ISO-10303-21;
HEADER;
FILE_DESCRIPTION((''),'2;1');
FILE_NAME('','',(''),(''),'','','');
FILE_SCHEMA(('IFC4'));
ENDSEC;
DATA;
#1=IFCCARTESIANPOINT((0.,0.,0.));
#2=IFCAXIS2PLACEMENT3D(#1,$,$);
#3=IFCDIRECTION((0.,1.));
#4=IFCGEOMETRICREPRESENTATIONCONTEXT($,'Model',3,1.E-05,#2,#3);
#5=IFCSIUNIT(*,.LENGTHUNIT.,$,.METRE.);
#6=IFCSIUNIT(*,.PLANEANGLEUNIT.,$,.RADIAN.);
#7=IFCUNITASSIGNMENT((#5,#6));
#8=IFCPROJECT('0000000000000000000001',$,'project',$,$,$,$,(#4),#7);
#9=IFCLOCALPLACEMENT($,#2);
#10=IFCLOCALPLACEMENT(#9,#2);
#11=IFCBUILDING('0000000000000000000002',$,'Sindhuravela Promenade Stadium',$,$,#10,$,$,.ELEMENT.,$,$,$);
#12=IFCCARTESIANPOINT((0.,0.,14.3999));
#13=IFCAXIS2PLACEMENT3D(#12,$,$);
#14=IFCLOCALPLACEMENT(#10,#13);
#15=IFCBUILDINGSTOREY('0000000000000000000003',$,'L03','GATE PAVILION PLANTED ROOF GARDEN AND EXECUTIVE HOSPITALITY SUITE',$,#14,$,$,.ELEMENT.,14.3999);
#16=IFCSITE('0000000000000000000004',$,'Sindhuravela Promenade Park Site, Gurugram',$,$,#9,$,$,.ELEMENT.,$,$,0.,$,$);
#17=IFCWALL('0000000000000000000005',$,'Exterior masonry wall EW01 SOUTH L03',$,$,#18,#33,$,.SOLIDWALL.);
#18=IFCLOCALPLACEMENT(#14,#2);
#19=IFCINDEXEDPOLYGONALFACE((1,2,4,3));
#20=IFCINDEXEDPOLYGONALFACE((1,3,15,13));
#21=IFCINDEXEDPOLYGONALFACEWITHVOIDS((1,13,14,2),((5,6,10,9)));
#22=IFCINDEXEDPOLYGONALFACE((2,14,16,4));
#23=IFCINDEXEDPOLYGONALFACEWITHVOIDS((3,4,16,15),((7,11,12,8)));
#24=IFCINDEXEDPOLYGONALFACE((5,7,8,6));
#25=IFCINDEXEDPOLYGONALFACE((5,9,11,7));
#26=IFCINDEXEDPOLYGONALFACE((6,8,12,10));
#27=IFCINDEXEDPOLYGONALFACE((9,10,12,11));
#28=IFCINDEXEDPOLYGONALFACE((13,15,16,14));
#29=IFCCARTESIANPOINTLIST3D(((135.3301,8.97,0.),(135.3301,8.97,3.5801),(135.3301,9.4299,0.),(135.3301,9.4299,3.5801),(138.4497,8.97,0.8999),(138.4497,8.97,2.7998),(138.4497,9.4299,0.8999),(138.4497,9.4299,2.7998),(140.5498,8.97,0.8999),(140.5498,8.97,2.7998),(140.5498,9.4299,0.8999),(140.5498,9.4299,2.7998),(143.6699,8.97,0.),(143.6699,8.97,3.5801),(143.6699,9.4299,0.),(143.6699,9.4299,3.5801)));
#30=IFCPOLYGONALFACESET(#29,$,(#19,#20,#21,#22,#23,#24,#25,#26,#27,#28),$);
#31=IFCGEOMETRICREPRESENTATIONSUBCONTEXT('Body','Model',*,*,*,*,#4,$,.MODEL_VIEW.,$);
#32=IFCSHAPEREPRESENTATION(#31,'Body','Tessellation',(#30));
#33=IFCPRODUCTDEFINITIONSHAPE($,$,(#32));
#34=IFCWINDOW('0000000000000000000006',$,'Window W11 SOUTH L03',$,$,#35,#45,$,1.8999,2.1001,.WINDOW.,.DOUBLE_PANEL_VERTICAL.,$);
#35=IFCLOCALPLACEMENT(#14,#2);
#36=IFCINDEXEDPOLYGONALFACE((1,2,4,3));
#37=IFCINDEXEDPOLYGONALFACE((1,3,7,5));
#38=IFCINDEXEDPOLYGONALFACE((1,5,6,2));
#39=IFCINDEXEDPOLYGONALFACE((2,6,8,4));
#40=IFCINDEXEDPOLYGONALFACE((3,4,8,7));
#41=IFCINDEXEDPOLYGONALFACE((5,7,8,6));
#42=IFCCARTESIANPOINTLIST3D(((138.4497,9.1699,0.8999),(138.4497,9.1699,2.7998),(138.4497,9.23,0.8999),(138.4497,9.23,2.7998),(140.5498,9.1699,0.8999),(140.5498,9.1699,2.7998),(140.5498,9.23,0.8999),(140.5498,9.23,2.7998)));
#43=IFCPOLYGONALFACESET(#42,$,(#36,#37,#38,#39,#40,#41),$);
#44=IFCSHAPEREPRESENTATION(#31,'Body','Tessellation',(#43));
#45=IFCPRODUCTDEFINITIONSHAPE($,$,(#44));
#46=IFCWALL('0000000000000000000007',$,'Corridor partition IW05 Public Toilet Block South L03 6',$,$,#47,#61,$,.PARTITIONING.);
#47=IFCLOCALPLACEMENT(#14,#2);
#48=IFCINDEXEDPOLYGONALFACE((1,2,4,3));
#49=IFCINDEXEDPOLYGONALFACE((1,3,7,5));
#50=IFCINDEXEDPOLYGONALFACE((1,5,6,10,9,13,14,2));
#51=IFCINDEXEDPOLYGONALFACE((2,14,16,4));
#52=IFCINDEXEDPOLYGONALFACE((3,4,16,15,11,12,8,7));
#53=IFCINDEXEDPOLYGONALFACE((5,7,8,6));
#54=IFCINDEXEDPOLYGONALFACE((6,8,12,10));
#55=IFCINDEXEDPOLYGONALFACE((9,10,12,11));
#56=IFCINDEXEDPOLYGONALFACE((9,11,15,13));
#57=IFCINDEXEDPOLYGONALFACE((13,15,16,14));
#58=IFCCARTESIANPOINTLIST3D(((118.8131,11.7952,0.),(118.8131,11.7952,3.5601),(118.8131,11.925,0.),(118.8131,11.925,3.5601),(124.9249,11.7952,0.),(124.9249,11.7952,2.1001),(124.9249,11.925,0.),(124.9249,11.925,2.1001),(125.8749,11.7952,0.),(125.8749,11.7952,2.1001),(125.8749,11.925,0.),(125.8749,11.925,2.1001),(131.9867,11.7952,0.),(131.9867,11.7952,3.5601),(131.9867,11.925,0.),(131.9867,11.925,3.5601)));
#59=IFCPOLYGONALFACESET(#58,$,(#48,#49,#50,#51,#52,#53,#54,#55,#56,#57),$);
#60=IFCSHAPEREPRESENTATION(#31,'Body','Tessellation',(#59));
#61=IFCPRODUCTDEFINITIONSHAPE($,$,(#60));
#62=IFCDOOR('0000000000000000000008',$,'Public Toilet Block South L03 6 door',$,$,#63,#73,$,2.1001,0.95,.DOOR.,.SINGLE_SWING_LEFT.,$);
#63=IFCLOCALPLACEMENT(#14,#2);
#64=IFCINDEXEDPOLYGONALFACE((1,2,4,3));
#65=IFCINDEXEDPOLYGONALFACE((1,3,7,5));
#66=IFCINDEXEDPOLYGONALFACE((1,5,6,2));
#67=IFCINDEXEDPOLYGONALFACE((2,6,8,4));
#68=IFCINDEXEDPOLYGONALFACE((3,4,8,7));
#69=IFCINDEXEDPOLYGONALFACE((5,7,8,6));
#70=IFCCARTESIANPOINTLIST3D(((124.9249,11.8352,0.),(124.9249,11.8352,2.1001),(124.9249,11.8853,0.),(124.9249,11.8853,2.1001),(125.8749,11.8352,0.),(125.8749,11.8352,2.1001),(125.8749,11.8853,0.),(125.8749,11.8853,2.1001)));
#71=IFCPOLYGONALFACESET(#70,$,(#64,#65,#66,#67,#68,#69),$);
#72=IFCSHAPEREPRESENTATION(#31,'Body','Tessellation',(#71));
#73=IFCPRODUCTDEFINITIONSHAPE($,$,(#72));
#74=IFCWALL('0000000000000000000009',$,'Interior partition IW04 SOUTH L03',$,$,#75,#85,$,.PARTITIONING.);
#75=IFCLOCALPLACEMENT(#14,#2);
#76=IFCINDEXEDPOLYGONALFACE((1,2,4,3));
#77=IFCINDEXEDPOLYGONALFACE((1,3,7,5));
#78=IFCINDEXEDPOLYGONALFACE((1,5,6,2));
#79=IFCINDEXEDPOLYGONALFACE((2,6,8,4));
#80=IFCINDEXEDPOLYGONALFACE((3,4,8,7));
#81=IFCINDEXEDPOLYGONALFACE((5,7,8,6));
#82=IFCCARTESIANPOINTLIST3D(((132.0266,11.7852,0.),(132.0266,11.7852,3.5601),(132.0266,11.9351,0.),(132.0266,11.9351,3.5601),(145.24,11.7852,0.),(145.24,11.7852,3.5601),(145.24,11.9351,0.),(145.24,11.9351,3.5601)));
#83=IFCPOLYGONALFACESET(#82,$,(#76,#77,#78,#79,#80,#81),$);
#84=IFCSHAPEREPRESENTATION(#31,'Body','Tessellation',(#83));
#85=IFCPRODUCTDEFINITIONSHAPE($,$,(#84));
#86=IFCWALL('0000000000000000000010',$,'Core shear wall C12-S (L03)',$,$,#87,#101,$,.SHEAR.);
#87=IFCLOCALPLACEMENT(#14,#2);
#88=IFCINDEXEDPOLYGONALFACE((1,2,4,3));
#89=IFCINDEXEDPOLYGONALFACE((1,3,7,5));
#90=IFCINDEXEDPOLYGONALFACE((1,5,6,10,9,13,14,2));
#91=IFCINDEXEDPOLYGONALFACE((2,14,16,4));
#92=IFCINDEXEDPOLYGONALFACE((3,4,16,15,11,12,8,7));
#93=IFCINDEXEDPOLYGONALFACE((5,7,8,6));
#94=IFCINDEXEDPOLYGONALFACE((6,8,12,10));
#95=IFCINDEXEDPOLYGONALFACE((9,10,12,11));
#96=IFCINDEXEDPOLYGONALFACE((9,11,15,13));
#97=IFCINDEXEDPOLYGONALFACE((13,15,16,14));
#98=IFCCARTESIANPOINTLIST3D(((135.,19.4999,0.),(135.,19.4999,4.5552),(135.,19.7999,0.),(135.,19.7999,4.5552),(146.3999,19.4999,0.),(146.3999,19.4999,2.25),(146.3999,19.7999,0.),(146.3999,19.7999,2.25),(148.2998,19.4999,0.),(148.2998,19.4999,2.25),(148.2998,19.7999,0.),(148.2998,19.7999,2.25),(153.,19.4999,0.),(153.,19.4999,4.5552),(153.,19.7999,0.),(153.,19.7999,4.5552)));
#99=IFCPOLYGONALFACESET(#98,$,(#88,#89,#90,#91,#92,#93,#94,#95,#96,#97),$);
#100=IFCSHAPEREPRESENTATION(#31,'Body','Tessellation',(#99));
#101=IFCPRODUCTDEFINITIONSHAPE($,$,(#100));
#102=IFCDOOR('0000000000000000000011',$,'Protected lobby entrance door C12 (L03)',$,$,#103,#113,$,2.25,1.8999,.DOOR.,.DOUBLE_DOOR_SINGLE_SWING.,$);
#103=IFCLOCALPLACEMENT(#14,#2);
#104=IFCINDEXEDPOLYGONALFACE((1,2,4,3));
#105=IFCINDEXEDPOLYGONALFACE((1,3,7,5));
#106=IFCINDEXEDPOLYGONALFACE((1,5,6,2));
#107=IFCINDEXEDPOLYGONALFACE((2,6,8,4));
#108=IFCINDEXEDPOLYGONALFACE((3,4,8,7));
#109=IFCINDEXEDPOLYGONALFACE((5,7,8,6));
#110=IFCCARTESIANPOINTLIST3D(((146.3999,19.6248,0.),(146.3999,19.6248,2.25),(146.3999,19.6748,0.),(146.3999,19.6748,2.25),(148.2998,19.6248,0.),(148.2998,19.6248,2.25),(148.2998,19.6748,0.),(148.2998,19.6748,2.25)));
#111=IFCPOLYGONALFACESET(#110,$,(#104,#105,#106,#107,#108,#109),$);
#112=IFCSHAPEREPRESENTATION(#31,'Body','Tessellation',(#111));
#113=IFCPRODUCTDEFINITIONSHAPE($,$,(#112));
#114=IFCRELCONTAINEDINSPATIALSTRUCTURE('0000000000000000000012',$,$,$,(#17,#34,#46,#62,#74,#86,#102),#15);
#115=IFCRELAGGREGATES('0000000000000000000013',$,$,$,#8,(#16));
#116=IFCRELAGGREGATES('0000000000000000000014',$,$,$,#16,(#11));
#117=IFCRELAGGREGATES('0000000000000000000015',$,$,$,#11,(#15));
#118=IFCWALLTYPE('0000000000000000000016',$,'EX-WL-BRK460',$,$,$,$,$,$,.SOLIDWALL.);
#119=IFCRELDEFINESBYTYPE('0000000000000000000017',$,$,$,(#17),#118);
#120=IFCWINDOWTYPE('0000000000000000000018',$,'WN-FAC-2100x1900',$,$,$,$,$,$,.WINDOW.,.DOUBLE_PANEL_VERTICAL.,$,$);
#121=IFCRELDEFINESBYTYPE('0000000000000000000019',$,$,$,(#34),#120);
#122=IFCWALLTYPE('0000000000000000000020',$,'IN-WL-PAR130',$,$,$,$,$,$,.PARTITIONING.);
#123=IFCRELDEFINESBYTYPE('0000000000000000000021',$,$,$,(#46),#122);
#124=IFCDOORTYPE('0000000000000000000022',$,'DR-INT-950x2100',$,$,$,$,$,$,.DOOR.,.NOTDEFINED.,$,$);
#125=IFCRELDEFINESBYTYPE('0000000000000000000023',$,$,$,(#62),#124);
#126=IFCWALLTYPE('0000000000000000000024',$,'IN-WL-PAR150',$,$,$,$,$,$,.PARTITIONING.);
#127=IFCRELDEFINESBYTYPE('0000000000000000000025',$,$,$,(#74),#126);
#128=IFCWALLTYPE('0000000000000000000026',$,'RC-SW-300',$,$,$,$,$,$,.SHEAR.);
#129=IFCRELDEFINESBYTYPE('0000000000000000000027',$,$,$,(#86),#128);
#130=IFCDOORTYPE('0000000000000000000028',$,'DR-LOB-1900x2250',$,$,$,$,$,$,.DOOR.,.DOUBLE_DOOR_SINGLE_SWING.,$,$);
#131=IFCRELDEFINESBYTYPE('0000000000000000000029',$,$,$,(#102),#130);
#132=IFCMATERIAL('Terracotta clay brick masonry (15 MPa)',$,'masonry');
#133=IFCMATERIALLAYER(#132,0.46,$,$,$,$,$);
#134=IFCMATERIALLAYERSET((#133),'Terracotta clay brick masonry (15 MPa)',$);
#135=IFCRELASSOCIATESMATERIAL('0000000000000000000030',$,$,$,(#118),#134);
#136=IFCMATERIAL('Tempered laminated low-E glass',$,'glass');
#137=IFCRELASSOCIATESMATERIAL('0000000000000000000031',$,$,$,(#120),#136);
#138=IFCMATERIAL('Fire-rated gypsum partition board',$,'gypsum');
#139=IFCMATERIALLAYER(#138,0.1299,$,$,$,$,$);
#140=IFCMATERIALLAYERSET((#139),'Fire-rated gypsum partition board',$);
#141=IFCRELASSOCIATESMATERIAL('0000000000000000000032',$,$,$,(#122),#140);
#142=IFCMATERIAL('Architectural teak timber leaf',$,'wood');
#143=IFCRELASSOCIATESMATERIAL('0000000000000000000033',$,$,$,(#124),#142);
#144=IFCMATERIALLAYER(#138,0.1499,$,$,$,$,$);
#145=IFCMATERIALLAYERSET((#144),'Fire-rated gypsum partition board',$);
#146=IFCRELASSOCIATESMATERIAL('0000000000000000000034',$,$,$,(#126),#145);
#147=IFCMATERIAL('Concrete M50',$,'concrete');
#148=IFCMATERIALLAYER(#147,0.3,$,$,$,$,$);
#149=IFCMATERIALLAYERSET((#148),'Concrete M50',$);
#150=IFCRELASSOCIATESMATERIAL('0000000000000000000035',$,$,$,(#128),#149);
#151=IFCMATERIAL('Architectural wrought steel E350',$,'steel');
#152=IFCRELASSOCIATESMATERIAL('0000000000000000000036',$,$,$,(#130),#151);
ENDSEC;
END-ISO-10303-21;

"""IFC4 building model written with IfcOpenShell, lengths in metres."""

from ifc_helpers import new_model, si_unit, direction, frame, frame_2d, origin, place, context, subcontext, project, spatial, rectangle, extrude, material, layer, layer_set, type_object, element, fill, save


model = new_model("IFC4")

# Units and contexts
model_context = context("Model", 3, precision=1e-05, world=origin(), true_north=direction((0.0, 1.0)))
body_context = subcontext(model_context, "Body", "Model", "MODEL_VIEW")
ifc_project = project(units=[si_unit("LENGTHUNIT", "METRE"), si_unit("PLANEANGLEUNIT", "RADIAN")], contexts=[model_context])

# Site, building, storey
site_placement = place(None, origin())
site = spatial("IfcSite", under=ifc_project, at=site_placement, Name="Sindhuravela Promenade Park Site, Gurugram", CompositionType="ELEMENT", RefElevation=0.0)
building_placement = place(site_placement, origin())
building = spatial("IfcBuilding", under=site, at=building_placement, Name="Sindhuravela Promenade Stadium", CompositionType="ELEMENT")
storey_placement = place(building_placement, frame((0.0, 0.0, 14.3999)))
storey = spatial("IfcBuildingStorey", under=building, at=storey_placement, Name="L03", Description="GATE PAVILION PLANTED ROOF GARDEN AND EXECUTIVE HOSPITALITY SUITE", CompositionType="ELEMENT", Elevation=14.3999)

# Wall, opening, window
ifc_material_1 = material(Name="Terracotta clay brick masonry (15 MPa)", Category="masonry")
ifc_material_2 = material(Name="Tempered laminated low-E glass", Category="glass")
ifc_layer_1 = layer(ifc_material_1, 0.46)
ifc_layer_set_1 = layer_set([ifc_layer_1], Name="Terracotta clay brick masonry (15 MPa)")
wall_type_1 = type_object("IfcWallType", Name="EX-WL-BRK460", PredefinedType="SOLIDWALL", material=ifc_layer_set_1)
wall_1_placement = place(storey_placement, frame((143.6699, 9.2, 0.0), z_axis=(0.0, 0.0, 1.0), x_axis=(-1.0, 0.0, 0.0)))
wall_1 = element("IfcWall", 1, at=wall_1_placement, inside=storey, type_object=wall_type_1, Name="Exterior masonry wall EW01 SOUTH L03", PredefinedType="SOLIDWALL", context=body_context, shape_type="SweptSolid", body=[
    extrude(rectangle(XDim=8.3398, YDim=0.46, at=frame_2d((4.1699, 0.0))), origin(), (0.0, 0.0, 1.0), 3.5801),
])
opening_1_placement = place(wall_1_placement, frame((3.1201, 0.0, 0.8999)))
opening_1 = element("IfcOpeningElement", 2, at=opening_1_placement, cuts=wall_1, PredefinedType="OPENING", context=body_context, shape_type="SweptSolid", body=[
    extrude(rectangle(XDim=2.1001, YDim=1.8999, at=frame_2d((1.05, 0.95))), frame((0.0, 0.24, 0.0), z_axis=(0.0, -1.0, 0.0), x_axis=(1.0, 0.0, 0.0)), (0.0, 0.0, 1.0), 0.48),
])
window_type_1 = type_object("IfcWindowType", Name="WN-FAC-2100x1900", PartitioningType="DOUBLE_PANEL_VERTICAL", PredefinedType="WINDOW", material=ifc_material_2)
window_1_placement = place(opening_1_placement, origin())
window_1 = element("IfcWindow", 3, at=window_1_placement, inside=storey, type_object=window_type_1, Name="Window W11 SOUTH L03", OverallHeight=1.8999, OverallWidth=2.1001, PartitioningType="DOUBLE_PANEL_VERTICAL", PredefinedType="WINDOW", context=body_context, shape_type="SweptSolid", body=[
    extrude(rectangle(XDim=2.1001, YDim=1.8999, at=frame_2d((1.05, 0.95))), frame((0.0, 0.03, 0.0), z_axis=(0.0, -1.0, 0.0), x_axis=(1.0, 0.0, 0.0)), (0.0, 0.0, 1.0), 0.0601),
])
fill(opening_1, window_1)

# Wall, opening, door
ifc_material_3 = material(Name="Fire-rated gypsum partition board", Category="gypsum")
ifc_layer_2 = layer(ifc_material_3, 0.1299)
ifc_layer_set_2 = layer_set([ifc_layer_2], Name="Fire-rated gypsum partition board")
wall_type_2 = type_object("IfcWallType", Name="IN-WL-PAR130", PredefinedType="PARTITIONING", material=ifc_layer_set_2)
wall_2_placement = place(storey_placement, frame((131.9868, 11.8601, 0.0), z_axis=(0.0, 0.0, 1.0), x_axis=(-1.0, 0.0, 0.0)))
wall_2 = element("IfcWall", 4, at=wall_2_placement, inside=storey, type_object=wall_type_2, Name="Corridor partition IW05 Public Toilet Block South L03 6", PredefinedType="PARTITIONING", context=body_context, shape_type="SweptSolid", body=[
    extrude(rectangle(XDim=13.1736, YDim=0.1299, at=frame_2d((6.5869, 0.0))), origin(), (0.0, 0.0, 1.0), 3.5601),
])
opening_2_placement = place(wall_2_placement, frame((6.1118, 0.0, 0.0)))
opening_2 = element("IfcOpeningElement", 5, at=opening_2_placement, cuts=wall_2, PredefinedType="OPENING", context=body_context, shape_type="SweptSolid", body=[
    extrude(rectangle(XDim=0.95, YDim=2.1001, at=frame_2d((0.4751, 1.05))), frame((0.0, 0.075, 0.0), z_axis=(0.0, -1.0, 0.0), x_axis=(1.0, 0.0, 0.0)), (0.0, 0.0, 1.0), 0.1499),
])
ifc_material_4 = material(Name="Architectural teak timber leaf", Category="wood")
door_type_1 = type_object("IfcDoorType", Name="DR-INT-950x2100", OperationType="NOTDEFINED", PredefinedType="DOOR", material=ifc_material_4)
door_1_placement = place(opening_2_placement, origin())
door_1 = element("IfcDoor", 6, at=door_1_placement, inside=storey, type_object=door_type_1, Name="Public Toilet Block South L03 6 door", OperationType="SINGLE_SWING_LEFT", OverallHeight=2.1001, OverallWidth=0.95, PredefinedType="DOOR", context=body_context, shape_type="SweptSolid", body=[
    extrude(rectangle(XDim=0.95, YDim=2.1001, at=frame_2d((0.4751, 1.05))), frame((0.0, 0.0249, 0.0), z_axis=(0.0, -1.0, 0.0), x_axis=(1.0, 0.0, 0.0)), (0.0, 0.0, 1.0), 0.05),
])
fill(opening_2, door_1)

# Wall
ifc_layer_3 = layer(ifc_material_3, 0.1499)
ifc_layer_set_3 = layer_set([ifc_layer_3], Name="Fire-rated gypsum partition board")
wall_type_3 = type_object("IfcWallType", Name="IN-WL-PAR150", PredefinedType="PARTITIONING", material=ifc_layer_set_3)
wall_3_placement = place(storey_placement, frame((132.0266, 11.8601, 0.0), z_axis=(0.0, 0.0, 1.0), x_axis=(1.0, 0.0, 0.0)))
element("IfcWall", 7, at=wall_3_placement, inside=storey, type_object=wall_type_3, Name="Interior partition IW04 SOUTH L03", PredefinedType="PARTITIONING", context=body_context, shape_type="SweptSolid", body=[
    extrude(rectangle(XDim=13.2134, YDim=0.1499, at=frame_2d((6.6067, 0.0))), origin(), (0.0, 0.0, 1.0), 3.5601),
])

# Wall, opening, door
ifc_material_5 = material(Name="Concrete M50", Category="concrete")
ifc_layer_4 = layer(ifc_material_5, 0.3)
ifc_layer_set_4 = layer_set([ifc_layer_4], Name="Concrete M50")
wall_type_4 = type_object("IfcWallType", Name="RC-SW-300", PredefinedType="SHEAR", material=ifc_layer_set_4)
wall_4_placement = place(storey_placement, frame((135.0, 19.6499, 0.0), z_axis=(0.0, 0.0, 1.0), x_axis=(1.0, 0.0, 0.0)))
wall_4 = element("IfcWall", 8, at=wall_4_placement, inside=storey, type_object=wall_type_4, Name="Core shear wall C12-S (L03)", PredefinedType="SHEAR", context=body_context, shape_type="SweptSolid", body=[
    extrude(rectangle(XDim=18.0, YDim=0.3, at=frame_2d((9.0, 0.0))), origin(), (0.0, 0.0, 1.0), 4.5552),
])
opening_3_placement = place(wall_4_placement, frame((11.3999, 0.0, 0.0)))
opening_3 = element("IfcOpeningElement", 9, at=opening_3_placement, cuts=wall_4, PredefinedType="OPENING", context=body_context, shape_type="SweptSolid", body=[
    extrude(rectangle(XDim=1.8999, YDim=2.25, at=frame_2d((0.95, 1.125))), frame((0.0, 0.1599, 0.0), z_axis=(0.0, -1.0, 0.0), x_axis=(1.0, 0.0, 0.0)), (0.0, 0.0, 1.0), 0.3201),
])
ifc_material_6 = material(Name="Architectural wrought steel E350", Category="steel")
door_type_2 = type_object("IfcDoorType", Name="DR-LOB-1900x2250", OperationType="DOUBLE_DOOR_SINGLE_SWING", PredefinedType="DOOR", material=ifc_material_6)
door_2_placement = place(opening_3_placement, origin())
door_2 = element("IfcDoor", 10, at=door_2_placement, inside=storey, type_object=door_type_2, Name="Protected lobby entrance door C12 (L03)", OperationType="DOUBLE_DOOR_SINGLE_SWING", OverallHeight=2.25, OverallWidth=1.8999, PredefinedType="DOOR", context=body_context, shape_type="SweptSolid", body=[
    extrude(rectangle(XDim=1.8999, YDim=2.25, at=frame_2d((0.95, 1.125))), frame((0.0, 0.0249, 0.0), z_axis=(0.0, -1.0, 0.0), x_axis=(1.0, 0.0, 0.0)), (0.0, 0.0, 1.0), 0.05),
])
fill(opening_3, door_2)

save(model, "model.ifc")
